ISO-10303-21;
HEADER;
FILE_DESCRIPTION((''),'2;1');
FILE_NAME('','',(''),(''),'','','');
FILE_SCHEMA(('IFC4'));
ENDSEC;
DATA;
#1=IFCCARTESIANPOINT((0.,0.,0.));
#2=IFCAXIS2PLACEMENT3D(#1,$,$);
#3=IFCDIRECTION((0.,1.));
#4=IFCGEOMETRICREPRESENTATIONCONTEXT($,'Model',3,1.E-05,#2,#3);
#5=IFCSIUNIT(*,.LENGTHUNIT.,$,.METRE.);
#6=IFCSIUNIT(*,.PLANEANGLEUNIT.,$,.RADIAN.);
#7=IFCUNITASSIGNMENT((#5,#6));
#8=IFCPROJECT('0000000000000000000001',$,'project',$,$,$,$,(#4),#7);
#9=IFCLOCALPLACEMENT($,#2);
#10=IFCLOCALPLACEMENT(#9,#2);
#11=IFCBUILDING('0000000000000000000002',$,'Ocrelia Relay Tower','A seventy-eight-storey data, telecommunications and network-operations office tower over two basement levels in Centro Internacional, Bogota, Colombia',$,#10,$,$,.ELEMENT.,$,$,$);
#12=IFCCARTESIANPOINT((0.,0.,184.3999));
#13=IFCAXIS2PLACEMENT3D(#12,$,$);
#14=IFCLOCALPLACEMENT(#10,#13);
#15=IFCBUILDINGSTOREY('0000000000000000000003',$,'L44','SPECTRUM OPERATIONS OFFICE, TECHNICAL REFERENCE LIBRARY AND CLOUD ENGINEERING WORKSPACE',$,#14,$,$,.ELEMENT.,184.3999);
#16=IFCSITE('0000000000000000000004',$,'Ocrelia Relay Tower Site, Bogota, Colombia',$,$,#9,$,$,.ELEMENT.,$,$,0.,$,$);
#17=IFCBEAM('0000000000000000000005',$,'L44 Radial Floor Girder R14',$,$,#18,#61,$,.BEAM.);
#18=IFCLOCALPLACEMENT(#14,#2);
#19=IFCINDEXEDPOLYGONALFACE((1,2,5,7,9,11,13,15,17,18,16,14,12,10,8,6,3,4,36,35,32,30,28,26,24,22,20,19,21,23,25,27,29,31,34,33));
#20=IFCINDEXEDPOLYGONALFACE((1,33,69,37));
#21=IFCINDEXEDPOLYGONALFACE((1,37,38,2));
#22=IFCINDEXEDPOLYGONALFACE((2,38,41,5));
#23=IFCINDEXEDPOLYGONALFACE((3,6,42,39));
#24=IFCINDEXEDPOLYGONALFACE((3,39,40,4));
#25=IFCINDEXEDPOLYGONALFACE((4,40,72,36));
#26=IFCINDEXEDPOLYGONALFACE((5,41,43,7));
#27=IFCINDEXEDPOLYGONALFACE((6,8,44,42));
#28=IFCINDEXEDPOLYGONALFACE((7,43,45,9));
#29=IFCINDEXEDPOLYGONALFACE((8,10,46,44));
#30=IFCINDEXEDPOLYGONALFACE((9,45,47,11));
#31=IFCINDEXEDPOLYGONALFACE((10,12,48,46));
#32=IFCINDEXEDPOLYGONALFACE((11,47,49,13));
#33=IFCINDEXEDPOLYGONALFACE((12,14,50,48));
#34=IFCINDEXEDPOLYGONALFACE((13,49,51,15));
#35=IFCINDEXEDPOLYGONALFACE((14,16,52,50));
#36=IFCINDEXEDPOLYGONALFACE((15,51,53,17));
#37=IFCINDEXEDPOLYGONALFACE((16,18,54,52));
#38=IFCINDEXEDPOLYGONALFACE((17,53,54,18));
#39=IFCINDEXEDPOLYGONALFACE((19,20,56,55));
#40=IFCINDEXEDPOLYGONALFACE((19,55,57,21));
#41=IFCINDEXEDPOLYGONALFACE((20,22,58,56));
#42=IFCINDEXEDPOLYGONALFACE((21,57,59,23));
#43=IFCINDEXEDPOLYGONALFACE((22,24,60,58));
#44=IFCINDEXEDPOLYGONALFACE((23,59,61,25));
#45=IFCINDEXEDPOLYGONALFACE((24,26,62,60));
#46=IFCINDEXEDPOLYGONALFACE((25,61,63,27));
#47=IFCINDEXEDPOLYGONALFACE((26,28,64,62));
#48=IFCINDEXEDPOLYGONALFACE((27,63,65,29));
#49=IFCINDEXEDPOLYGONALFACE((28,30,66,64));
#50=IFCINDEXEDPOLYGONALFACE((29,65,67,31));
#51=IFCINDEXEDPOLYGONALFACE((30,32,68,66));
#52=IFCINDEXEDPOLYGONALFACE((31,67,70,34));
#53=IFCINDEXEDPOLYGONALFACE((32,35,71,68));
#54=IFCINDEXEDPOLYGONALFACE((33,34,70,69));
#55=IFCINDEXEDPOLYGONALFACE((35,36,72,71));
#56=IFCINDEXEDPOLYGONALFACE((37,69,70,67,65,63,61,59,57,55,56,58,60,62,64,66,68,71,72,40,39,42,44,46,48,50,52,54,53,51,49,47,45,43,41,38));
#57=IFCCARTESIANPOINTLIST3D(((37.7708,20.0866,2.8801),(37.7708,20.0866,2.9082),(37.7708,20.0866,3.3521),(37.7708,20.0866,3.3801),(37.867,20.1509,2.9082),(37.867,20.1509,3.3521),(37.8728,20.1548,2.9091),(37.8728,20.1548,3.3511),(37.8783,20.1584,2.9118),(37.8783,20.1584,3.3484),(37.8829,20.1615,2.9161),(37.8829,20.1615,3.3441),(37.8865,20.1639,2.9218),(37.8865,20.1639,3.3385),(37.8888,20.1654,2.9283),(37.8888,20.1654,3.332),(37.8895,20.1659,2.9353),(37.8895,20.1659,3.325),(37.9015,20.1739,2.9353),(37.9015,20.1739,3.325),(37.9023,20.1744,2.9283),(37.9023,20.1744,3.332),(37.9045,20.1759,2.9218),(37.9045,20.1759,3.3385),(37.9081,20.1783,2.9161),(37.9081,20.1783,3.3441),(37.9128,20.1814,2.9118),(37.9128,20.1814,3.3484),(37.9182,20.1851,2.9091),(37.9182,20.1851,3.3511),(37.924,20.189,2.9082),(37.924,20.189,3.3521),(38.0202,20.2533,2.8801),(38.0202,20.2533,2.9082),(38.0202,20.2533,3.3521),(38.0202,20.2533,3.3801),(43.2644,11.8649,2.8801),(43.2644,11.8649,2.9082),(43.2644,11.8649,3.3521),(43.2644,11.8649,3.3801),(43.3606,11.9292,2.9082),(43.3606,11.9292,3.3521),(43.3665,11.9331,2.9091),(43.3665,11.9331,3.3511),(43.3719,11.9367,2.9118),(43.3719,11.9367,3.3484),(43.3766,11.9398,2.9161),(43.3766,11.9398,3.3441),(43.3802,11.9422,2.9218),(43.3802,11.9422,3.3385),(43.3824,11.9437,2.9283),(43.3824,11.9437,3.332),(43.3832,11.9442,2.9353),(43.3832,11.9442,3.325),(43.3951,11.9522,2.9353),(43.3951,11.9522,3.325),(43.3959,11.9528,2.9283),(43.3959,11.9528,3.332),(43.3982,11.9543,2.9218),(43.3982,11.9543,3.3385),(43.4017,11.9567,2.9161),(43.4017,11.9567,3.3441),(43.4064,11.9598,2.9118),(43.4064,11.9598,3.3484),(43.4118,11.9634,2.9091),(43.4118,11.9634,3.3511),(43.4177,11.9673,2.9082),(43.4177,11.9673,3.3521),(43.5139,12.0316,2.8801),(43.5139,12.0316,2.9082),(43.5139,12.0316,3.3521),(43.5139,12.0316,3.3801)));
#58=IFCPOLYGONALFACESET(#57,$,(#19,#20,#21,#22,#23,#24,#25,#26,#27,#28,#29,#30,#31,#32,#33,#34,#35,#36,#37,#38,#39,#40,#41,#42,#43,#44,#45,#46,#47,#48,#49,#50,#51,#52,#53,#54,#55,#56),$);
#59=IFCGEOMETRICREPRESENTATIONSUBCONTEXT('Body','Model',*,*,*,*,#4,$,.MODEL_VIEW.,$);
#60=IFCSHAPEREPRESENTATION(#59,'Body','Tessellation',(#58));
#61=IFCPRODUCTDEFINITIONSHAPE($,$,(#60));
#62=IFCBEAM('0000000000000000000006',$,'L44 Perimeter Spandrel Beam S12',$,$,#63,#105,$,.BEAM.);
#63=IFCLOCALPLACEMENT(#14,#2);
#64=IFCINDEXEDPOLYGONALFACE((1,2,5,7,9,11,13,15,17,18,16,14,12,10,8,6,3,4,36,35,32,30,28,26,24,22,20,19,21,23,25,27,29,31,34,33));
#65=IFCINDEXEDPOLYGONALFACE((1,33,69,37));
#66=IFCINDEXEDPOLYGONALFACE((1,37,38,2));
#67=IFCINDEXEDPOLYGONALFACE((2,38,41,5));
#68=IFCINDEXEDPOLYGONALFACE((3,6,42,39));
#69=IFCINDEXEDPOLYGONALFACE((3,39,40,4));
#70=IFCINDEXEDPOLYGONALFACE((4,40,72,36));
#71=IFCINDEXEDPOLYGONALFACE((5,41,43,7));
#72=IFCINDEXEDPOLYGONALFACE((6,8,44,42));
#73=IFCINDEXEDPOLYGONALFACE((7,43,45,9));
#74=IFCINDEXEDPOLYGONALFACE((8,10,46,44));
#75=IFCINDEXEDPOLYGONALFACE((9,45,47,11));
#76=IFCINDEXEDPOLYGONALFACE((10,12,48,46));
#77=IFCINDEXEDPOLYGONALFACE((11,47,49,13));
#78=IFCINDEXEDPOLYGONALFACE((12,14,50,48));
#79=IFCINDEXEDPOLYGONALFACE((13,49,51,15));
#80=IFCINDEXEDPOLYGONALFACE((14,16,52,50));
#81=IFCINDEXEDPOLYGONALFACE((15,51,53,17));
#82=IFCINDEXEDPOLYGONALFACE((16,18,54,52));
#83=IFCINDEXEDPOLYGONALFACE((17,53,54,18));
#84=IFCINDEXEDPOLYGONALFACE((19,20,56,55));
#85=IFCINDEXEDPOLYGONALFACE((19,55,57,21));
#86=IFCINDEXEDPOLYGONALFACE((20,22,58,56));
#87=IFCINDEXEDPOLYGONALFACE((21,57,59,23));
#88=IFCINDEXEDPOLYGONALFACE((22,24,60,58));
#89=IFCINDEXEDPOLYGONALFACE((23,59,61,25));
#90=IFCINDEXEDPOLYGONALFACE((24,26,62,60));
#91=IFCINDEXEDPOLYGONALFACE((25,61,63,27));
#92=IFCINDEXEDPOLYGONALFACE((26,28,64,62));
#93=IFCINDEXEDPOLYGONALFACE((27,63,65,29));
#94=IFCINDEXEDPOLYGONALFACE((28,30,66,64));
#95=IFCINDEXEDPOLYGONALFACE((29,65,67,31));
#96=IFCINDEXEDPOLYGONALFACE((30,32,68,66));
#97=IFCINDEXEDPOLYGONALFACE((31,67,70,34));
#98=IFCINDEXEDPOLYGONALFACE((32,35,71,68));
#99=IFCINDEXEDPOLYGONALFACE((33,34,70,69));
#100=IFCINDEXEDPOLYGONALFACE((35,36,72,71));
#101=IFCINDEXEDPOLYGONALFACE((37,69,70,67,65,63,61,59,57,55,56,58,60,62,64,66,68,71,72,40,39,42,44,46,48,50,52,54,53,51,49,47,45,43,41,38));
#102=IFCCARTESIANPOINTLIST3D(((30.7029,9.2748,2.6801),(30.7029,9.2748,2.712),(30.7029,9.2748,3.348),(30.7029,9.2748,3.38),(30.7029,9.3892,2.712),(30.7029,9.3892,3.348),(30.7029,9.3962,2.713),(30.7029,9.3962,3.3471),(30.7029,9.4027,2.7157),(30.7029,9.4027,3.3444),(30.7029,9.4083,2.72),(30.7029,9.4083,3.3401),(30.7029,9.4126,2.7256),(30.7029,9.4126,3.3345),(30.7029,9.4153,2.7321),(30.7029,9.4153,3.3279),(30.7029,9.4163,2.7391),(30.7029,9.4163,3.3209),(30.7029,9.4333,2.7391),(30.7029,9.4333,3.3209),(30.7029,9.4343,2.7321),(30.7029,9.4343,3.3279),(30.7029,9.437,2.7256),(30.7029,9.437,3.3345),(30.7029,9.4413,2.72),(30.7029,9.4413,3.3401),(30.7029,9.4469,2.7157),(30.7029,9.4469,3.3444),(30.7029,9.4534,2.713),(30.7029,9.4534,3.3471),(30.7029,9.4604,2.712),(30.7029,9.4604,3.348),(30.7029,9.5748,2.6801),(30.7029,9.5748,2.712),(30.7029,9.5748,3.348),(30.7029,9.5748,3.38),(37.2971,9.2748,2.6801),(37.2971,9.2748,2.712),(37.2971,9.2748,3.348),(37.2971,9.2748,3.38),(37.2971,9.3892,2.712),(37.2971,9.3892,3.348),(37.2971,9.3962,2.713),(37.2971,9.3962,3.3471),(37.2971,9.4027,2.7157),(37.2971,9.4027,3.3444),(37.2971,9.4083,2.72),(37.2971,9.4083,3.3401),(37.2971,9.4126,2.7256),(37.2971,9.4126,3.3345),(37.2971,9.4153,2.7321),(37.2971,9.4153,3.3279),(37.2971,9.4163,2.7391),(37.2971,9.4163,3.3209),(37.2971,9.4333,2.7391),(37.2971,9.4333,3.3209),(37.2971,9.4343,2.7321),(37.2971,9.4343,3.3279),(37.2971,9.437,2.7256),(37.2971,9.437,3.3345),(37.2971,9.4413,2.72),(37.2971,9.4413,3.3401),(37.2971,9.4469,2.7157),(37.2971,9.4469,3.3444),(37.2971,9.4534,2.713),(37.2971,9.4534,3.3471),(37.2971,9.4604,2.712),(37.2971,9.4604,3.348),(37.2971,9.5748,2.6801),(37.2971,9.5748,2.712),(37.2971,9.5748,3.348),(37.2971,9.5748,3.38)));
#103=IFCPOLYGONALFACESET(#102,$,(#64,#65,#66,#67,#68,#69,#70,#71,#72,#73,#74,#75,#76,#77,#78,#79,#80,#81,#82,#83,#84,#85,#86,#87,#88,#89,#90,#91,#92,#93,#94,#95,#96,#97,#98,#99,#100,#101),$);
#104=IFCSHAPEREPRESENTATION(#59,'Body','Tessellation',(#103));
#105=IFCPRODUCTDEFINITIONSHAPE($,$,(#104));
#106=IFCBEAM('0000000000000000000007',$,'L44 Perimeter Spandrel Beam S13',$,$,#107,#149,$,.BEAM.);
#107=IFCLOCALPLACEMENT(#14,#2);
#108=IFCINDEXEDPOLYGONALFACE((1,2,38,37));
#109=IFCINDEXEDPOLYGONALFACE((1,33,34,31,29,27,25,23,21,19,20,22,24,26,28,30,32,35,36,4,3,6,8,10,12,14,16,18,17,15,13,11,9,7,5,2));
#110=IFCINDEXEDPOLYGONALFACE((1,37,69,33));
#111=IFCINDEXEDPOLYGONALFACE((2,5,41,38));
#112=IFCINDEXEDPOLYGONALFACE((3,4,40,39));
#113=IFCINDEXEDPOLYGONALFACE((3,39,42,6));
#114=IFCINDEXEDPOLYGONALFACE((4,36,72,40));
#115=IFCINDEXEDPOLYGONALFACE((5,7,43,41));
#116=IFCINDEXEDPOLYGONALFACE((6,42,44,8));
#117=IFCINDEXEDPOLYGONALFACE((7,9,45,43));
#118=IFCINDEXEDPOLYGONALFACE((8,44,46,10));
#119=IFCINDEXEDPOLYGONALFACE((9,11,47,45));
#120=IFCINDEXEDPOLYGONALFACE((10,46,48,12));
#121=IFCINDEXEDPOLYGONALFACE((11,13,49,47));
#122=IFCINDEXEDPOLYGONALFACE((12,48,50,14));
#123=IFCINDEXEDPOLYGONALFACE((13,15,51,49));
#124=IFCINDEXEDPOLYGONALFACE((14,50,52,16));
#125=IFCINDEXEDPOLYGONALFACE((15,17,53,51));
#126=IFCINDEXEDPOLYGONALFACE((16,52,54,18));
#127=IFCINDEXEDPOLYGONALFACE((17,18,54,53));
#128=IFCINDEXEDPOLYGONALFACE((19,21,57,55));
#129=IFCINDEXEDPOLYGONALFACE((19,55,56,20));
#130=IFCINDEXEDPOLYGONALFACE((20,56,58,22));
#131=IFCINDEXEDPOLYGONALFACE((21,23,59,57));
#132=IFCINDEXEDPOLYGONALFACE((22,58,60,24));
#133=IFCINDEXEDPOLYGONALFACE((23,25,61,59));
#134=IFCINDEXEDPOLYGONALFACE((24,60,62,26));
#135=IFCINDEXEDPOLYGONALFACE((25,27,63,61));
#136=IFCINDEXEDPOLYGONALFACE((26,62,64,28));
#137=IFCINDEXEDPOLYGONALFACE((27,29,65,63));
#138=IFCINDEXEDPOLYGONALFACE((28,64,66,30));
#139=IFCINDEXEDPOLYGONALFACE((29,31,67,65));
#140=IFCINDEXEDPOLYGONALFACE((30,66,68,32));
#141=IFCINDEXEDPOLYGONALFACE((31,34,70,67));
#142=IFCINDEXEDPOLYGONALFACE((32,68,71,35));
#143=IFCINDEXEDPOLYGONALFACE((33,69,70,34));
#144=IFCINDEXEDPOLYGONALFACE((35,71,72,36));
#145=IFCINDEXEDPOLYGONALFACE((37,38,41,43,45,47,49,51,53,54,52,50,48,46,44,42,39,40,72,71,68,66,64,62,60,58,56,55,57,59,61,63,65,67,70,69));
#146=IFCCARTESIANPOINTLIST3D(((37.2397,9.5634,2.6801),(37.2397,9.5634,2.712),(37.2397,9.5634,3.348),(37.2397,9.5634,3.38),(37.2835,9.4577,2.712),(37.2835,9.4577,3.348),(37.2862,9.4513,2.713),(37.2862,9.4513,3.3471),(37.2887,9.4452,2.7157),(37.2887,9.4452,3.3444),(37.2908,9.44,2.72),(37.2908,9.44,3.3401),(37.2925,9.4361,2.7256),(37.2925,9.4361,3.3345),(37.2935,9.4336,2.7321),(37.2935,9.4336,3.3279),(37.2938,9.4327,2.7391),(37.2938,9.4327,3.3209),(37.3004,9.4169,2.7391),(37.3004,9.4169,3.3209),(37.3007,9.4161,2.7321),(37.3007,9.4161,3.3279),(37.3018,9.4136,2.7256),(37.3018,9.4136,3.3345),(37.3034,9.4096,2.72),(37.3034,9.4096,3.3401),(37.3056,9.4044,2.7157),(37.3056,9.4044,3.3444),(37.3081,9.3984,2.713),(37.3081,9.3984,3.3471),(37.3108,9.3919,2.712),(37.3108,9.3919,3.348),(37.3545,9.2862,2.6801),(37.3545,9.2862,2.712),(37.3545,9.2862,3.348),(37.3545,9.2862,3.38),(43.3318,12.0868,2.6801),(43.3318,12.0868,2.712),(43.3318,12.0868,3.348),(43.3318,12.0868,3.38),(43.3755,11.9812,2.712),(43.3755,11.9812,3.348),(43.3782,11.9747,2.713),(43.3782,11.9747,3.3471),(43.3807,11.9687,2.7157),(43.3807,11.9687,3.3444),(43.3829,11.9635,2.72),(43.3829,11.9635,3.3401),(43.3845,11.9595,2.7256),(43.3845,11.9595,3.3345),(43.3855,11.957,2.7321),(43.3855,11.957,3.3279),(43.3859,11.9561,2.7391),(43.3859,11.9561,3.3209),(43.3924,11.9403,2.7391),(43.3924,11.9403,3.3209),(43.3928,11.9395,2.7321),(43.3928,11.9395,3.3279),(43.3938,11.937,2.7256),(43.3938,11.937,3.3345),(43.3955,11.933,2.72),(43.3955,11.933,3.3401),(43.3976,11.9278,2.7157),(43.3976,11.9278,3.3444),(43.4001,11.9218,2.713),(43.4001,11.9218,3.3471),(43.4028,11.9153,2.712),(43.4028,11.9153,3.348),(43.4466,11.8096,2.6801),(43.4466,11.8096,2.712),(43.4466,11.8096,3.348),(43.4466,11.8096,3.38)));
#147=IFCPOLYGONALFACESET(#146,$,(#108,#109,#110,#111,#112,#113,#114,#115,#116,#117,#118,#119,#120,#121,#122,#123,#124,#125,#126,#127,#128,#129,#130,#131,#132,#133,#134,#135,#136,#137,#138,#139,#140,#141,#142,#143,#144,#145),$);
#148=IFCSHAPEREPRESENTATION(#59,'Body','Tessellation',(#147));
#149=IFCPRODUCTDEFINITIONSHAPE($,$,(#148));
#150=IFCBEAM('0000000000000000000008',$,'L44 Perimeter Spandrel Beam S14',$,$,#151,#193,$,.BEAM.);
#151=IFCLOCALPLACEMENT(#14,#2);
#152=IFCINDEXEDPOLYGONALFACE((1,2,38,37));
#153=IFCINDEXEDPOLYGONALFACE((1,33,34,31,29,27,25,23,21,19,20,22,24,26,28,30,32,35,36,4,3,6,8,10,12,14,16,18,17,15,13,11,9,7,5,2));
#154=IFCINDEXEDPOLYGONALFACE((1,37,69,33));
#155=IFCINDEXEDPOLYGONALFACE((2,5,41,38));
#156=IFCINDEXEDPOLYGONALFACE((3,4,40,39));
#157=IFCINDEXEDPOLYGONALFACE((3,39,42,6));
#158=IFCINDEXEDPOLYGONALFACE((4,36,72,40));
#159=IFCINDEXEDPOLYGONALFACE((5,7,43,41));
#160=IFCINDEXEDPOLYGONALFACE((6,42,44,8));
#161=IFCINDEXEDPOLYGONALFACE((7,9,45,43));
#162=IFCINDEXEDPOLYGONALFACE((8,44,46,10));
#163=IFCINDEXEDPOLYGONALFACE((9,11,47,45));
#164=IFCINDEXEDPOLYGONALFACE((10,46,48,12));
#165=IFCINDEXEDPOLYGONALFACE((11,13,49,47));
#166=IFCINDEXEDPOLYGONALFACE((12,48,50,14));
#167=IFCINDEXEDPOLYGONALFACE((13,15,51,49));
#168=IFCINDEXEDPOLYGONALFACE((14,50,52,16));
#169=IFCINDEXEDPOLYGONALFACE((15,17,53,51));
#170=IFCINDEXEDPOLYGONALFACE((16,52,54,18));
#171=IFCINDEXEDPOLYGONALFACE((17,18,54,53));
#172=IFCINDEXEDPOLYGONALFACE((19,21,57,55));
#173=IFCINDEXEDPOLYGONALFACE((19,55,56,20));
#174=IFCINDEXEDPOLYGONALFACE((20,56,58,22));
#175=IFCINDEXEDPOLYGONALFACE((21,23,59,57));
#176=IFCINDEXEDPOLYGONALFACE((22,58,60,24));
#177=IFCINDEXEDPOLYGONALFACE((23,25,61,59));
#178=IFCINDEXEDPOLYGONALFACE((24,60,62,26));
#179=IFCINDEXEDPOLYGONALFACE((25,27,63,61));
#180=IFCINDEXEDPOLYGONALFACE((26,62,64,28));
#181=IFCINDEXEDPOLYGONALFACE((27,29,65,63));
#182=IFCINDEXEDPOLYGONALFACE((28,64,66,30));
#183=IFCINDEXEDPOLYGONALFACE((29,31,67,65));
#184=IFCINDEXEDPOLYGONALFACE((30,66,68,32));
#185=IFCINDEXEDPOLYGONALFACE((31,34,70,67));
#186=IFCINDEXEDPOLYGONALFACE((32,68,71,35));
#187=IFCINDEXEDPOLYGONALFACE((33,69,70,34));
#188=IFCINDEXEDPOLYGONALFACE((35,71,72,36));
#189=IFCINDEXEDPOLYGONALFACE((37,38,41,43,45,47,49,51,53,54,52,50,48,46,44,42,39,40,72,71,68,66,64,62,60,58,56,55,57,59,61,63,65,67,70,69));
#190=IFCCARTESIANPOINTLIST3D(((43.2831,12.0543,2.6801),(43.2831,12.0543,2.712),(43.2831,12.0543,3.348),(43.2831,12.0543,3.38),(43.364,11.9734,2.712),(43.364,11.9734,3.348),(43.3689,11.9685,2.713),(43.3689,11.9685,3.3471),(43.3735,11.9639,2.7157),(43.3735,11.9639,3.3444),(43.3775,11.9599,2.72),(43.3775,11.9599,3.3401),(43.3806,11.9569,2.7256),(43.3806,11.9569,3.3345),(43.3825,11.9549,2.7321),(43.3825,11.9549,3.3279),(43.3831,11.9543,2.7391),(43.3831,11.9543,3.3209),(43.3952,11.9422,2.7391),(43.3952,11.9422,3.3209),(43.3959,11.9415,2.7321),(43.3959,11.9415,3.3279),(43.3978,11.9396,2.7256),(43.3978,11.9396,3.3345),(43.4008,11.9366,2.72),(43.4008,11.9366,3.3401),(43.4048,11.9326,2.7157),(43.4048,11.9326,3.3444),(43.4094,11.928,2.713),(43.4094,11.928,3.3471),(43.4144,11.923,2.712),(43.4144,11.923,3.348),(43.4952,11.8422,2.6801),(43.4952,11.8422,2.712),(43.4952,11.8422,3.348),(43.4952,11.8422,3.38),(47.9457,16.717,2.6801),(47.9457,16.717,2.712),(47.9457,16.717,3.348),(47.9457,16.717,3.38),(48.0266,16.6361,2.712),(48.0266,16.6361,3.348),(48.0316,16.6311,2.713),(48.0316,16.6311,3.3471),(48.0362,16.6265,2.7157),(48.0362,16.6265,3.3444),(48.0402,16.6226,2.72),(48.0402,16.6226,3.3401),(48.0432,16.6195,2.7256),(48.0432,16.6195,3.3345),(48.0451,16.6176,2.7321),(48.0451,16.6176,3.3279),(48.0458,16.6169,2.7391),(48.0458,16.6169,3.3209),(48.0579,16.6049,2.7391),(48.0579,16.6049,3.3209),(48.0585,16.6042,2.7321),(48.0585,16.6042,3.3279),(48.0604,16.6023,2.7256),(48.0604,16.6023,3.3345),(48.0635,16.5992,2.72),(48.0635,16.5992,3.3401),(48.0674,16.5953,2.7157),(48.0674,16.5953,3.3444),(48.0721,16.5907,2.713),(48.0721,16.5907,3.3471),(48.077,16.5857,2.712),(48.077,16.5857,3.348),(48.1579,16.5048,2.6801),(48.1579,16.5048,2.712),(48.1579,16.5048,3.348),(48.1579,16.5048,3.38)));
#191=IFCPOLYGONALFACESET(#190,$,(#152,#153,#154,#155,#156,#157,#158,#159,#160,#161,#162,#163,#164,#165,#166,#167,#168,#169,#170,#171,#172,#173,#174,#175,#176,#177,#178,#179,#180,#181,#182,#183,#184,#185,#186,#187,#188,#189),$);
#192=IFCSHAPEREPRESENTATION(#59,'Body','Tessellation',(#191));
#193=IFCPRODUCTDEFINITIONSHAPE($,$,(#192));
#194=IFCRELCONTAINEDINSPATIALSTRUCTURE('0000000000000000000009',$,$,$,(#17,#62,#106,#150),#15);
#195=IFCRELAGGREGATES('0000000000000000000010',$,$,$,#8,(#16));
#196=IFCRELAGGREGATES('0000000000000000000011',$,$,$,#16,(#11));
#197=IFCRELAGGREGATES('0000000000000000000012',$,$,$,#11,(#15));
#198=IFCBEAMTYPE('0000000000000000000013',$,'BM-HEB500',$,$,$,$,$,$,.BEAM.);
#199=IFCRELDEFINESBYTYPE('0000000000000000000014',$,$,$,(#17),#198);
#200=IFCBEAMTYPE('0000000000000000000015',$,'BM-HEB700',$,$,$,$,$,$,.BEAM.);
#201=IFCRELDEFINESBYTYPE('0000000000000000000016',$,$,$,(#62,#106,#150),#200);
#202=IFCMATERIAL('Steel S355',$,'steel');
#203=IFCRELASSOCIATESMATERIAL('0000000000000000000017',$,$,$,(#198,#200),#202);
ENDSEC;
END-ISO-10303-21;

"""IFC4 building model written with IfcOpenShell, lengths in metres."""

from ifc_helpers import new_model, si_unit, direction, frame, origin, origin_2d, place, context, subcontext, project, spatial, i_section, extrude, material, material_profile, profile_set, type_object, element, save


model = new_model("IFC4")

# Units and contexts
model_context = context("Model", 3, precision=1e-05, world=origin(), true_north=direction((0.0, 1.0)))
body_context = subcontext(model_context, "Body", "Model", "MODEL_VIEW")
ifc_project = project(units=[si_unit("LENGTHUNIT", "METRE"), si_unit("PLANEANGLEUNIT", "RADIAN")], contexts=[model_context])

# Site, building, storey
site_placement = place(None, origin())
site = spatial("IfcSite", under=ifc_project, at=site_placement, Name="Ocrelia Relay Tower Site, Bogota, Colombia", CompositionType="ELEMENT", RefElevation=0.0)
building_placement = place(site_placement, origin())
building = spatial("IfcBuilding", under=site, at=building_placement, Name="Ocrelia Relay Tower", Description="A seventy-eight-storey data, telecommunications and network-operations office tower over two basement levels in Centro Internacional, Bogota, Colombia", CompositionType="ELEMENT")
storey_placement = place(building_placement, frame((0.0, 0.0, 184.3999)))
storey = spatial("IfcBuildingStorey", under=building, at=storey_placement, Name="L44", Description="SPECTRUM OPERATIONS OFFICE, TECHNICAL REFERENCE LIBRARY AND CLOUD ENGINEERING WORKSPACE", CompositionType="ELEMENT", Elevation=184.3999)

# Beams
ifc_material_1 = material(Name="Steel S355", Category="steel")
ifc_material_profile_1 = material_profile(ifc_material_1, i_section(OverallWidth=0.3, OverallDepth=0.5, WebThickness=0.0144, FlangeThickness=0.0281, FilletRadius=0.0271, at=origin_2d()), Name="HEB 500")
ifc_profile_set_1 = profile_set([ifc_material_profile_1], Name="Steel S355")
beam_type_1 = type_object("IfcBeamType", Name="BM-HEB500", PredefinedType="BEAM", material=ifc_profile_set_1)
beam_1_placement = place(storey_placement, frame((43.3892, 11.9482, 3.1301), z_axis=(-0.555577, 0.831465, 0.0), x_axis=(-0.831465, -0.555577, 0.0)))
element("IfcBeam", 1, at=beam_1_placement, inside=storey, type_object=beam_type_1, Name="L44 Radial Floor Girder R14", PredefinedType="BEAM", context=body_context, shape_type="SweptSolid", body=[
    extrude(i_section(OverallWidth=0.3, OverallDepth=0.5, WebThickness=0.0144, FlangeThickness=0.0281, FilletRadius=0.0271, at=origin_2d()), origin(), (0.0, 0.0, 1.0), 9.8882),
])
ifc_material_profile_2 = material_profile(ifc_material_1, i_section(OverallWidth=0.3, OverallDepth=0.7, WebThickness=0.0171, FlangeThickness=0.032, FilletRadius=0.0271, at=origin_2d()), Name="HEB 700")
ifc_profile_set_2 = profile_set([ifc_material_profile_2], Name="Steel S355")
beam_type_2 = type_object("IfcBeamType", Name="BM-HEB700", PredefinedType="BEAM", material=ifc_profile_set_2)
beam_2_placement = place(storey_placement, frame((30.7029, 9.4248, 3.03), z_axis=(1.0, 0.0, 0.0), x_axis=(0.0, 1.0, 0.0)))
element("IfcBeam", 2, at=beam_2_placement, inside=storey, type_object=beam_type_2, Name="L44 Perimeter Spandrel Beam S12", PredefinedType="BEAM", context=body_context, shape_type="SweptSolid", body=[
    extrude(i_section(OverallWidth=0.3, OverallDepth=0.7, WebThickness=0.0171, FlangeThickness=0.032, FilletRadius=0.0271, at=origin_2d()), origin(), (0.0, 0.0, 1.0), 6.5942),
])
for number, where, z_axis, x_axis, name in (
    (3, (37.2971, 9.4248, 3.03), (0.923878, 0.382688, 0.0), (-0.382688, 0.923878, 0.0), "L44 Perimeter Spandrel Beam S13"),
    (4, (43.3892, 11.9482, 3.03), (0.707107, 0.707107, 0.0), (-0.707107, 0.707107, 0.0), "L44 Perimeter Spandrel Beam S14"),
):
    element("IfcBeam", number, at=place(storey_placement, frame(where, z_axis=z_axis, x_axis=x_axis)), inside=storey, type_object=beam_type_2, Name=name, PredefinedType="BEAM", context=body_context, shape_type="SweptSolid", body=[
        extrude(i_section(OverallWidth=0.3, OverallDepth=0.7, WebThickness=0.0171, FlangeThickness=0.032, FilletRadius=0.0271, at=origin_2d()), origin(), (0.0, 0.0, 1.0), 6.594),
    ])

save(model, "model.ifc")
